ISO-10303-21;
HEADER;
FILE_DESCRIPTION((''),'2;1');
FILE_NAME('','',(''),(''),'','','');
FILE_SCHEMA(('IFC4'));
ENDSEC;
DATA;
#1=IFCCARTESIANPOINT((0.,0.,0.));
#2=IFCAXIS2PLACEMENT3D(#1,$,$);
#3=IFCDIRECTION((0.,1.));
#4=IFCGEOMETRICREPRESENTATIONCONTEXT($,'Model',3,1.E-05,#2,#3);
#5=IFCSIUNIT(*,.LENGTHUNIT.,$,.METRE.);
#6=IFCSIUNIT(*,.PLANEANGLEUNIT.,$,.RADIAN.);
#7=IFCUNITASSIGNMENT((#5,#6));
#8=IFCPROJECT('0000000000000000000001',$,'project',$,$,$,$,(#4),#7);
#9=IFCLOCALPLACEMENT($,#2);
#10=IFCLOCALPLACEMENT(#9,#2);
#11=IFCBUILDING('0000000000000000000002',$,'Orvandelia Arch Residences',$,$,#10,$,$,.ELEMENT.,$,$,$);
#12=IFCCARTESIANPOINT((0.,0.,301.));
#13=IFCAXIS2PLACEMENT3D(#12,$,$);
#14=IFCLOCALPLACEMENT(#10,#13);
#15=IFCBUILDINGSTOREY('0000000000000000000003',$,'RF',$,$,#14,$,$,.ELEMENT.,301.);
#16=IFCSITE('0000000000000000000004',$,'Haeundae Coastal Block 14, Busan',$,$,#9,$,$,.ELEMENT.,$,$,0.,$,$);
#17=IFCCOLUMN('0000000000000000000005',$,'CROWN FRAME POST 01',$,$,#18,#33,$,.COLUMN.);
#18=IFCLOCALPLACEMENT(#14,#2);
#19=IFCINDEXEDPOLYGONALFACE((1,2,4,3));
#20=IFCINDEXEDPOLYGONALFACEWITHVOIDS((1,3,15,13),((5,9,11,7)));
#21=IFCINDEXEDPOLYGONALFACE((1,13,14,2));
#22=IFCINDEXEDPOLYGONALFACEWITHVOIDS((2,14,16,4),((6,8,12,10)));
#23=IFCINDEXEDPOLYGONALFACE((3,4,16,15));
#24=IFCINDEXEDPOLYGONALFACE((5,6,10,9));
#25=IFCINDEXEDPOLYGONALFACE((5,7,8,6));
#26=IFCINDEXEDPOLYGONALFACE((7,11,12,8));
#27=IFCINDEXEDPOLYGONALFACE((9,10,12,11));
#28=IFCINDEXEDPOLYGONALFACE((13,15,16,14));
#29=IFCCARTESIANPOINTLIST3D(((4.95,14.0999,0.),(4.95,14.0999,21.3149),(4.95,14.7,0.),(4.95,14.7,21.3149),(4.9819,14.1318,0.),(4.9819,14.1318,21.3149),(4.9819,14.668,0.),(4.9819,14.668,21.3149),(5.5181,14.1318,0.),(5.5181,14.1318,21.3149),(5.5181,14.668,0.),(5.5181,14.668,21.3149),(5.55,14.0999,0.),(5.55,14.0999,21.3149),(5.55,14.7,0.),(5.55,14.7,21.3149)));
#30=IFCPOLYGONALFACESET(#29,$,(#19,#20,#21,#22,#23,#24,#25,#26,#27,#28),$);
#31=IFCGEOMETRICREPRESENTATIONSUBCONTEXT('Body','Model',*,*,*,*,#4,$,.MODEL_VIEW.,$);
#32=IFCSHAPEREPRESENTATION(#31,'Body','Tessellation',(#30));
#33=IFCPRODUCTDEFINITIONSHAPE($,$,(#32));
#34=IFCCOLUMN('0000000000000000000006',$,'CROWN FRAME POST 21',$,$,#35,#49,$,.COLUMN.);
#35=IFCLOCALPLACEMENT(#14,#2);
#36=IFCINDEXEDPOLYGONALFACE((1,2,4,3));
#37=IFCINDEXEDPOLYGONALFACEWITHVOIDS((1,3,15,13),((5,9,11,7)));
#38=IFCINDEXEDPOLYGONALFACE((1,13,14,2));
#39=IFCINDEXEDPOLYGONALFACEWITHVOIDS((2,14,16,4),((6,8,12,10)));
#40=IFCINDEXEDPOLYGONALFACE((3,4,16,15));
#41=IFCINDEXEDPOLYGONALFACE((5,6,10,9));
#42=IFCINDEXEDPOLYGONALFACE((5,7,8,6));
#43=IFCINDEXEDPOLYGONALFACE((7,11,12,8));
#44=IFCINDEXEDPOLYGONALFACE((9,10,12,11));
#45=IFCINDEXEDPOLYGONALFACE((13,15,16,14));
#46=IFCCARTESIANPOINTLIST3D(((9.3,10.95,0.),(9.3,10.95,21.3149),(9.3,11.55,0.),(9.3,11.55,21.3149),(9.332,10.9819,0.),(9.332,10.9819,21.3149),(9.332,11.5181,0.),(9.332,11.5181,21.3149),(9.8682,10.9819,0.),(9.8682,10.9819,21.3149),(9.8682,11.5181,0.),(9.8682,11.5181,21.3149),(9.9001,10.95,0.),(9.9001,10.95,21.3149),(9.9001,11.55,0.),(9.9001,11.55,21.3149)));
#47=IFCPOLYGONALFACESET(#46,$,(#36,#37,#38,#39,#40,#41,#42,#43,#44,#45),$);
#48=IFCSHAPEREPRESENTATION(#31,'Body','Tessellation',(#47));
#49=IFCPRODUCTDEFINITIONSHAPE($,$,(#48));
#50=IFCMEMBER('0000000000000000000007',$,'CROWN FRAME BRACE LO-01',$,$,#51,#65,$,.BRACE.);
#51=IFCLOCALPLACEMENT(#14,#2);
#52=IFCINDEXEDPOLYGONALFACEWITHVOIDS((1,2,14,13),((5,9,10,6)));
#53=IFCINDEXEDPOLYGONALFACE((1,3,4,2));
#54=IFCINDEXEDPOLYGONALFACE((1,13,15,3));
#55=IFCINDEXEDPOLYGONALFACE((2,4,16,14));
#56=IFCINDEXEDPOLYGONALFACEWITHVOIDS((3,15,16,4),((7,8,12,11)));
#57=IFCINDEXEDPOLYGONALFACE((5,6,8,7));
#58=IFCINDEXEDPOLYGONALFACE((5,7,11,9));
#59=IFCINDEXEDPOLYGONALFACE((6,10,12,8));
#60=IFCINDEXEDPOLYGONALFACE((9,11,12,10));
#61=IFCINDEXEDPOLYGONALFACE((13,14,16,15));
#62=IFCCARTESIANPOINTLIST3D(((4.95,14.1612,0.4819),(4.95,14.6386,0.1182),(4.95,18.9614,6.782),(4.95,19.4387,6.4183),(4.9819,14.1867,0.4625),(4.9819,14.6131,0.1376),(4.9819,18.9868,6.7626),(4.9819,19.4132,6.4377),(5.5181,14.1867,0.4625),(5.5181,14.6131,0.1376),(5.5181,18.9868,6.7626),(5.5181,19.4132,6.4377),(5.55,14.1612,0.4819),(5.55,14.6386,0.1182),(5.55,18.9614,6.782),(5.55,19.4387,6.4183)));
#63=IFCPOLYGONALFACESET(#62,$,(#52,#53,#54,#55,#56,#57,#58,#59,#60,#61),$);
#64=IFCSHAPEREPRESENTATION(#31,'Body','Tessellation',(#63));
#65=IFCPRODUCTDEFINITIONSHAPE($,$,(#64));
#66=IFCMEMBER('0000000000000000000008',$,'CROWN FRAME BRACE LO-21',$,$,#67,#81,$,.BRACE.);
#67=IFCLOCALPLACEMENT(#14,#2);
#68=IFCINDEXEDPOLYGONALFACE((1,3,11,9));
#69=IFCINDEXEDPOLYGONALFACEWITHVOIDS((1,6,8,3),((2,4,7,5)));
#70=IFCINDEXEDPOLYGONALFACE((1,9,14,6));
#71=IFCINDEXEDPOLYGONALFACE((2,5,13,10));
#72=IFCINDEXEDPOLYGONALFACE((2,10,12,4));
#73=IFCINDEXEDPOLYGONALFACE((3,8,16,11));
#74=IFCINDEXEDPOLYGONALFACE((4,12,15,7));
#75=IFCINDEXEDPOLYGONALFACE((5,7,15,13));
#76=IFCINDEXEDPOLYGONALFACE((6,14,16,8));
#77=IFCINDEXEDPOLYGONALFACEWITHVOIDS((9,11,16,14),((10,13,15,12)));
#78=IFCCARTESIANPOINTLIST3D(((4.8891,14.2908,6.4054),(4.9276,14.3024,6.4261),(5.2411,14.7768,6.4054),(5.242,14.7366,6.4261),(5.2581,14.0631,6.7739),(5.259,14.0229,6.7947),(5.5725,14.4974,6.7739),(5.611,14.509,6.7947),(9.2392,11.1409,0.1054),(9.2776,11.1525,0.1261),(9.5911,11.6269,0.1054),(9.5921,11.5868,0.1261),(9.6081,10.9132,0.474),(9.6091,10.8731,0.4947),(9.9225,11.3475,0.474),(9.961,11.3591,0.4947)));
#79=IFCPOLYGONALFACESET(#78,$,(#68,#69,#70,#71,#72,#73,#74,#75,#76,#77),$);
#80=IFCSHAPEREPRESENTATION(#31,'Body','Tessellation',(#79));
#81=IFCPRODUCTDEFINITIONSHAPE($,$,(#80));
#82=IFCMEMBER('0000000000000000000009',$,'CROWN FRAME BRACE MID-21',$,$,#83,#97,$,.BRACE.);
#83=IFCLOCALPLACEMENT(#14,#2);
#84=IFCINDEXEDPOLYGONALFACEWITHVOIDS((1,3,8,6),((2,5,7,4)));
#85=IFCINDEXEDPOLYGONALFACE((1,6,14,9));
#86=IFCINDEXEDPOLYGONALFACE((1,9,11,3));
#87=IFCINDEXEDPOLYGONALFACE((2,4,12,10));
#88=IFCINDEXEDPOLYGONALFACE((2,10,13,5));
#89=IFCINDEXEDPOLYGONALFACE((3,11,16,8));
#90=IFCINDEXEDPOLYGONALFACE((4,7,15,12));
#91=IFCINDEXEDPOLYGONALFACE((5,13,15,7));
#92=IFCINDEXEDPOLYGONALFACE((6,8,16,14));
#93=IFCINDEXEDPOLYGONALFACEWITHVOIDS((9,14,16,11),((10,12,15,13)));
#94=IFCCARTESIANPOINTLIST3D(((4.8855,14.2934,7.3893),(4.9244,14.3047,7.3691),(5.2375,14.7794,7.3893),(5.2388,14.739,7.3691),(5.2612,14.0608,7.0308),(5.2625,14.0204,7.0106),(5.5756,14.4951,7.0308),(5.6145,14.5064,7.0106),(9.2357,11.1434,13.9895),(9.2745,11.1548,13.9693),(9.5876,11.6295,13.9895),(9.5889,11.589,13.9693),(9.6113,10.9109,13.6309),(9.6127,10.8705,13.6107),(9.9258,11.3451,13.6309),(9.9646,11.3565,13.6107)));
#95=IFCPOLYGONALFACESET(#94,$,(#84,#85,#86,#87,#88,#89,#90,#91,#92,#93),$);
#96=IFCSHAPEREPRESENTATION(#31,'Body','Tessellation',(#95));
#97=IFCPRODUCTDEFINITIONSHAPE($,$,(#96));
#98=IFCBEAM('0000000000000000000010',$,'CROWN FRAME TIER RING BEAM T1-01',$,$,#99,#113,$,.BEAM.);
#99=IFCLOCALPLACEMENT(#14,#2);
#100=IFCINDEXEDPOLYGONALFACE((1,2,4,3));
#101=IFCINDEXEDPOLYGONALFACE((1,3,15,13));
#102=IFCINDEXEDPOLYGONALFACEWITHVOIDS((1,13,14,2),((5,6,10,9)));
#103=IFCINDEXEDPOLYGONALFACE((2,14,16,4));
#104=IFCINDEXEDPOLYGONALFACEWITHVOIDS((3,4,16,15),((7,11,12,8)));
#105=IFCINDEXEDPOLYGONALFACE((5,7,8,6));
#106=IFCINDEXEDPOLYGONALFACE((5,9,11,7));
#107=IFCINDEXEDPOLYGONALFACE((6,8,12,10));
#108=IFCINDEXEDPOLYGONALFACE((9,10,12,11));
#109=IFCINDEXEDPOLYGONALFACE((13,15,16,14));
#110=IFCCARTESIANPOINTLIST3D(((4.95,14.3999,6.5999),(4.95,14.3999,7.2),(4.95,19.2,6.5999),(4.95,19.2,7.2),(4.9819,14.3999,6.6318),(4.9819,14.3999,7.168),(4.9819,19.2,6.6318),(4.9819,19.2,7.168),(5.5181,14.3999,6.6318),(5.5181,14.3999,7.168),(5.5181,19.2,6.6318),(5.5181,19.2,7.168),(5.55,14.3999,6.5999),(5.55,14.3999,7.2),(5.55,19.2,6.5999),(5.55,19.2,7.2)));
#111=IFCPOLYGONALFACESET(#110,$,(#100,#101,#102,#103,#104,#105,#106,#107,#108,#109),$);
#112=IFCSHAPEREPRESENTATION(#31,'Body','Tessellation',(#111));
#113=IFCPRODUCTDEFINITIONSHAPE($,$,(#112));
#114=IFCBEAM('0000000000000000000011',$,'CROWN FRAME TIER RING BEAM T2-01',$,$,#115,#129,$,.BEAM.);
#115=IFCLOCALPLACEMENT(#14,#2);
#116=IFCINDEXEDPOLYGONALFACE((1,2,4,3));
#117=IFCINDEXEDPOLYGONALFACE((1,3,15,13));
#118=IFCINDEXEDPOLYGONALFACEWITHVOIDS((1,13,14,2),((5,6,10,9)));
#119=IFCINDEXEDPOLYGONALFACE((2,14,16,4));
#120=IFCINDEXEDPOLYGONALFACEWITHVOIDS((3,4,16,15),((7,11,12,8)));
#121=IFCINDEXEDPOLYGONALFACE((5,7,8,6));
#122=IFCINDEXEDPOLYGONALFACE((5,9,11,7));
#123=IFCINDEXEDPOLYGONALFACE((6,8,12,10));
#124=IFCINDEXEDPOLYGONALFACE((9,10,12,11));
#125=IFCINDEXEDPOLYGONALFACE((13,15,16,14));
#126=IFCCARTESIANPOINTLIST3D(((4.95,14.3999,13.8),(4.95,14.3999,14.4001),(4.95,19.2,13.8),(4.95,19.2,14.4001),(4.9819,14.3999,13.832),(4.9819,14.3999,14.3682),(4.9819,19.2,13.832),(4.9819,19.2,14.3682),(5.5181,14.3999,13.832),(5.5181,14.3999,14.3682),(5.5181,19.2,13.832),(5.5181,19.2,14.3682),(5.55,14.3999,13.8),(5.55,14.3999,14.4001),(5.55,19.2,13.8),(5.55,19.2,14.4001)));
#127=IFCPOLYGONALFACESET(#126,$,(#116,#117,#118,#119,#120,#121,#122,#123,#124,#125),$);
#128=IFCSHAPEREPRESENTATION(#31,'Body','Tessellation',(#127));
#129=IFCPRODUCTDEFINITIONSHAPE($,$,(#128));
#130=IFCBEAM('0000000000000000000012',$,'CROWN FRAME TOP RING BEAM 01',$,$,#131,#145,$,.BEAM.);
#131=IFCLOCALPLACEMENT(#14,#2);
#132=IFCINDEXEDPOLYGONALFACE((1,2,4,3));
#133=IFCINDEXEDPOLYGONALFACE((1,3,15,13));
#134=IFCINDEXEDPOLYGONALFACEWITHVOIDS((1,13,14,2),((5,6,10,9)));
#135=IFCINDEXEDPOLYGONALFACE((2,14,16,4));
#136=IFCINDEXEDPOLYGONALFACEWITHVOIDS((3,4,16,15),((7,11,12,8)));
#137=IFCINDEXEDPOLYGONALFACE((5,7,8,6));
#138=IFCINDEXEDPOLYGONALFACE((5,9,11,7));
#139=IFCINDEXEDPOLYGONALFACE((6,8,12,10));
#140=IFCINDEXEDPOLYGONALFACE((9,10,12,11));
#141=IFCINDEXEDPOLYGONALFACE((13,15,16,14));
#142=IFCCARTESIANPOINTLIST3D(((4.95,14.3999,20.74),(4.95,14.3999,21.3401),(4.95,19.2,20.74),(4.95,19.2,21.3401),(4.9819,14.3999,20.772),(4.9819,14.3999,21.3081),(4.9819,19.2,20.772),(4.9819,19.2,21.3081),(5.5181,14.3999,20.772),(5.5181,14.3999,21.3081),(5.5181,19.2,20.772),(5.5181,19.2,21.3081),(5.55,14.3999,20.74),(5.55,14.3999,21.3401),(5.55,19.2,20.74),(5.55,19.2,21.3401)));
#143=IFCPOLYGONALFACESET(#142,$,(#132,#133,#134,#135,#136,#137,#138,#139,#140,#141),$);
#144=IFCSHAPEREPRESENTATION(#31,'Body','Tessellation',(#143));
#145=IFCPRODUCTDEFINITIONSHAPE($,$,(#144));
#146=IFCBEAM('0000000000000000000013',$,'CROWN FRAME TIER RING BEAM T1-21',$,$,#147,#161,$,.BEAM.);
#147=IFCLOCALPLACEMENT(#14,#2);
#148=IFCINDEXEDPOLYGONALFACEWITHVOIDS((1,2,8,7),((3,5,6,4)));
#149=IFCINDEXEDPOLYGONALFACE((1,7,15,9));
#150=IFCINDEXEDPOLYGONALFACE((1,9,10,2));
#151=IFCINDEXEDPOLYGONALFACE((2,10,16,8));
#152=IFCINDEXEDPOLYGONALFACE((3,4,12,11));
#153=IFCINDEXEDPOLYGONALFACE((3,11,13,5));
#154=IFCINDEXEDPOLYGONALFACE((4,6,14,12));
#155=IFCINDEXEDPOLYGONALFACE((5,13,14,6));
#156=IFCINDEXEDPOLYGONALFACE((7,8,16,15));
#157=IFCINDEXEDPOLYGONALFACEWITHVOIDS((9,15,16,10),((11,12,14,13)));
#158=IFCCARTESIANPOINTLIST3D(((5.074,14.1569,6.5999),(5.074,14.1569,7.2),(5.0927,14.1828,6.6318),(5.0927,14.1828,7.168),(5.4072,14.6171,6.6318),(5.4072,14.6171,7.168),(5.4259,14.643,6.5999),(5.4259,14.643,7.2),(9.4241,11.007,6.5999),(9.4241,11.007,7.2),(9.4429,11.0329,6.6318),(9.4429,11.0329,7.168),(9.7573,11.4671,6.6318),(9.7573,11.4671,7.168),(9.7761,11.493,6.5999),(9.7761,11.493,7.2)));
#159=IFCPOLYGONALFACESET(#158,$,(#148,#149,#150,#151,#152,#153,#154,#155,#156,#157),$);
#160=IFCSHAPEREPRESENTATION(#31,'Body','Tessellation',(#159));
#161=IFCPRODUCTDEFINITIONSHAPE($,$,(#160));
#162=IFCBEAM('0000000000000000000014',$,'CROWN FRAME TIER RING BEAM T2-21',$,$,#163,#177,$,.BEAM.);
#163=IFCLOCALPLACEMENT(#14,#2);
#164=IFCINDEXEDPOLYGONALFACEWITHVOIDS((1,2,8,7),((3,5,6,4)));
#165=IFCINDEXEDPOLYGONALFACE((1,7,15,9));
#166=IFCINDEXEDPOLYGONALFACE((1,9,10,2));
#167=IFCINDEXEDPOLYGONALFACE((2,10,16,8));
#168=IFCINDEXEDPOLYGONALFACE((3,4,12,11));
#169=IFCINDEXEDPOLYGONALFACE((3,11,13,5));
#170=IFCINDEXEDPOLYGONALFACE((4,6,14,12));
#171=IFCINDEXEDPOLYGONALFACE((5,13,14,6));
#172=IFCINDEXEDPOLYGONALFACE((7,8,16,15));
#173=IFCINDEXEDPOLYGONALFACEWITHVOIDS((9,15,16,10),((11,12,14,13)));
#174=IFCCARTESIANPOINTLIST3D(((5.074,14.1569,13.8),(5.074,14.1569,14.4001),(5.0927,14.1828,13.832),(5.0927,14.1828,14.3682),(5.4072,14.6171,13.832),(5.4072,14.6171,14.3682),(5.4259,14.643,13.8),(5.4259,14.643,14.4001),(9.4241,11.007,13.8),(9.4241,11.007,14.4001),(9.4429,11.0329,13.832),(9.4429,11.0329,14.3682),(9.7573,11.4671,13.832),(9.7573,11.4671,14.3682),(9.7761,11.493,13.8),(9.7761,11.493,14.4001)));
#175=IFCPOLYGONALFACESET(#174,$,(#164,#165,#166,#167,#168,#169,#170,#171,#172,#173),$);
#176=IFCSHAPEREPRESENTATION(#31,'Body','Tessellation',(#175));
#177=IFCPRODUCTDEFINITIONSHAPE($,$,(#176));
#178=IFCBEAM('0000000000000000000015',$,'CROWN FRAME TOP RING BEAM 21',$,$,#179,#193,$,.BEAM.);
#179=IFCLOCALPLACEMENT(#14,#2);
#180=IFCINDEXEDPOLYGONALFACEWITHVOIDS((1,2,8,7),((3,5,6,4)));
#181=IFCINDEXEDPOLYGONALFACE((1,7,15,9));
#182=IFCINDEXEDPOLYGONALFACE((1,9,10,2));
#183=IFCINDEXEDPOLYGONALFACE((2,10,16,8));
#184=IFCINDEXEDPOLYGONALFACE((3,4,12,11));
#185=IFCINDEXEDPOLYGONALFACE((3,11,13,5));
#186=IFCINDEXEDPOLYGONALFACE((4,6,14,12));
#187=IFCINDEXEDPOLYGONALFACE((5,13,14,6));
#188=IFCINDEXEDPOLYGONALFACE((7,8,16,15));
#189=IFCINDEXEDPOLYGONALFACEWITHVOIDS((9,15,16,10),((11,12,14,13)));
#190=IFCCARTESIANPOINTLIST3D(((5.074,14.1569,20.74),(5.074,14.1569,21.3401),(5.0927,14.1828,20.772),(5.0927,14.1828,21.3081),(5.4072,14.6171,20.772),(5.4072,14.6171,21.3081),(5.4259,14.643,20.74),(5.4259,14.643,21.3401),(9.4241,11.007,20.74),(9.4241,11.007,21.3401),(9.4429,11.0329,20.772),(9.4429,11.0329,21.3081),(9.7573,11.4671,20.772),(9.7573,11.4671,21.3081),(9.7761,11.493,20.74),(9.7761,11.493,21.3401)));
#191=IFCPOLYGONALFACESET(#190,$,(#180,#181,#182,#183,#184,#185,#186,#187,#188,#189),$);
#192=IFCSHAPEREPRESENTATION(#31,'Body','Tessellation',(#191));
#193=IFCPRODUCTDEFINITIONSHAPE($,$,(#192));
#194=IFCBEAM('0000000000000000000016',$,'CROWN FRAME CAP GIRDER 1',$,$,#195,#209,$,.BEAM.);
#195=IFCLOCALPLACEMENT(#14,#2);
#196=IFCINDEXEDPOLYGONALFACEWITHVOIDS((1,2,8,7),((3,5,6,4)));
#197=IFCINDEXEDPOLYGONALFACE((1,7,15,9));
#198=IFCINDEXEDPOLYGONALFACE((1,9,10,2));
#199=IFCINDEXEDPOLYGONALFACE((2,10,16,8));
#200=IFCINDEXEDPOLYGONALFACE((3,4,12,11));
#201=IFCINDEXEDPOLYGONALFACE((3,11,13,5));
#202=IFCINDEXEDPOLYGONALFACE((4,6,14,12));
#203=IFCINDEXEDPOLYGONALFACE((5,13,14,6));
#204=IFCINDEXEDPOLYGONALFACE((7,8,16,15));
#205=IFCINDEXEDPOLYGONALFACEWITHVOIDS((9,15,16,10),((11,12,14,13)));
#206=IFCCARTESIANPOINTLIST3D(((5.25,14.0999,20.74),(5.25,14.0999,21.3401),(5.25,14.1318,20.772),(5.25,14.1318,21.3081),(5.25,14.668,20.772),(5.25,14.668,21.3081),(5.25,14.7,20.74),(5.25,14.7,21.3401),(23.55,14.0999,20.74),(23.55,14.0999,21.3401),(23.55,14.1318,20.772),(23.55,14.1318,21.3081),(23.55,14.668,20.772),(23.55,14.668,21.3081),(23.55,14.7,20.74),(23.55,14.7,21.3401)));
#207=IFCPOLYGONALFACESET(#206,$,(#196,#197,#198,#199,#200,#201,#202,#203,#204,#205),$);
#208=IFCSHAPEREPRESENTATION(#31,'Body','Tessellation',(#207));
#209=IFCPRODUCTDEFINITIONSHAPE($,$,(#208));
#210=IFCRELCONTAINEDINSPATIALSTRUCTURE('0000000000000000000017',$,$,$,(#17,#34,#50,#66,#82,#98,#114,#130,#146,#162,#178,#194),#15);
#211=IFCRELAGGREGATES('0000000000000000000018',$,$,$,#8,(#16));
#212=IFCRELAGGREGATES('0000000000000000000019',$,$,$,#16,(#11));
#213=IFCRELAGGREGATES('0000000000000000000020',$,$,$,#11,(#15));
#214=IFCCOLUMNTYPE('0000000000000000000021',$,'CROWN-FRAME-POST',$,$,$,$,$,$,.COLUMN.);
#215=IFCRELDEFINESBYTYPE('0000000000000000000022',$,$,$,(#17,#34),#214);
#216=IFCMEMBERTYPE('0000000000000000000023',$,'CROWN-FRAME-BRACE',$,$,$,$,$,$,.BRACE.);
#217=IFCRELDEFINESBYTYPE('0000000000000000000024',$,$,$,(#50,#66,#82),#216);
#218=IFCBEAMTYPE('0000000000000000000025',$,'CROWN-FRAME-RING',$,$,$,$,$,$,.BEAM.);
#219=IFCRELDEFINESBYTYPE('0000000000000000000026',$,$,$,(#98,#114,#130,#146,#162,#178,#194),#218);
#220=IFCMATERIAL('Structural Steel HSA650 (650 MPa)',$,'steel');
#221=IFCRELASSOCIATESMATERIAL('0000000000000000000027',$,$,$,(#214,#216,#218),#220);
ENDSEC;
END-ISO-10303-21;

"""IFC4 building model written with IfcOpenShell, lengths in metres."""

from ifc_helpers import new_model, si_unit, direction, frame, origin, origin_2d, place, context, subcontext, project, spatial, hollow_rectangle, extrude, material, material_profile, profile_set, type_object, element, save


model = new_model("IFC4")

# Units and contexts
model_context = context("Model", 3, precision=1e-05, world=origin(), true_north=direction((0.0, 1.0)))
body_context = subcontext(model_context, "Body", "Model", "MODEL_VIEW")
ifc_project = project(units=[si_unit("LENGTHUNIT", "METRE"), si_unit("PLANEANGLEUNIT", "RADIAN")], contexts=[model_context])

# Site, building, storey
site_placement = place(None, origin())
site = spatial("IfcSite", under=ifc_project, at=site_placement, Name="Haeundae Coastal Block 14, Busan", CompositionType="ELEMENT", RefElevation=0.0)
building_placement = place(site_placement, origin())
building = spatial("IfcBuilding", under=site, at=building_placement, Name="Orvandelia Arch Residences", CompositionType="ELEMENT")
storey_placement = place(building_placement, frame((0.0, 0.0, 301.0)))
storey = spatial("IfcBuildingStorey", under=building, at=storey_placement, Name="RF", CompositionType="ELEMENT", Elevation=301.0)

# Columns
ifc_material_1 = material(Name="Structural Steel HSA650 (650 MPa)", Category="steel")
ifc_material_profile_1 = material_profile(ifc_material_1, hollow_rectangle(XDim=0.6001, YDim=0.6001, WallThickness=0.032, at=origin_2d()), Name="Structural Steel HSA650 (650 MPa)", Category="steel")
ifc_profile_set_1 = profile_set([ifc_material_profile_1], Name="Structural Steel HSA650 (650 MPa)")
column_type = type_object("IfcColumnType", Name="CROWN-FRAME-POST", PredefinedType="COLUMN", material=ifc_profile_set_1)
for number, where, z_axis, x_axis, name in (
    (1, (5.25, 14.3999, 0.0), (0.0, 0.0, 1.0), (1.0, 0.0, 0.0), "CROWN FRAME POST 01"),
    (2, (9.6001, 11.25, 0.0), (0.0, 0.0, 1.0), (1.0, 0.0, 0.0), "CROWN FRAME POST 21"),
):
    element("IfcColumn", number, at=place(storey_placement, frame(where, z_axis=z_axis, x_axis=x_axis)), inside=storey, type_object=column_type, Name=name, PredefinedType="COLUMN", context=body_context, shape_type="SweptSolid", body=[
        extrude(hollow_rectangle(XDim=0.6001, YDim=0.6001, WallThickness=0.032, at=origin_2d()), origin(), (0.0, 0.0, 1.0), 21.3149),
    ])

# Members
ifc_material_profile_2 = material_profile(ifc_material_1, hollow_rectangle(XDim=0.6001, YDim=0.6001, WallThickness=0.032, at=origin_2d()), Name="Structural Steel HSA650 (650 MPa)", Category="steel")
ifc_profile_set_2 = profile_set([ifc_material_profile_2], Name="Structural Steel HSA650 (650 MPa)")
member_type_1 = type_object("IfcMemberType", Name="CROWN-FRAME-BRACE", PredefinedType="BRACE", material=ifc_profile_set_2)
member_1_placement = place(storey_placement, frame((5.25, 14.3999, 0.3), z_axis=(0.0, 0.606044, 0.795431), x_axis=(-1.0, 0.0, 0.0)))
element("IfcMember", 3, at=member_1_placement, inside=storey, type_object=member_type_1, Name="CROWN FRAME BRACE LO-01", PredefinedType="BRACE", context=body_context, shape_type="SweptSolid", body=[
    extrude(hollow_rectangle(XDim=0.6001, YDim=0.6001, WallThickness=0.032, at=origin_2d()), origin(), (0.0, 0.0, 1.0), 7.9204),
])
member_2_placement = place(storey_placement, frame((9.6001, 11.25, 0.3), z_axis=(-0.525461, 0.380486, 0.761001), x_axis=(-0.586489, -0.809957, 0.0)))
element("IfcMember", 4, at=member_2_placement, inside=storey, type_object=member_type_1, Name="CROWN FRAME BRACE LO-21", PredefinedType="BRACE", context=body_context, shape_type="SweptSolid", body=[
    extrude(hollow_rectangle(XDim=0.6001, YDim=0.6001, WallThickness=0.032, at=origin_2d()), origin(), (0.0, 0.0, 1.0), 8.2786),
])
member_3_placement = place(storey_placement, frame((5.25, 14.3999, 7.2), z_axis=(0.511223, -0.370176, 0.775642), x_axis=(0.586489, 0.809957, 0.0)))
element("IfcMember", 5, at=member_3_placement, inside=storey, type_object=member_type_1, Name="CROWN FRAME BRACE MID-21", PredefinedType="BRACE", context=body_context, shape_type="SweptSolid", body=[
    extrude(hollow_rectangle(XDim=0.6001, YDim=0.6001, WallThickness=0.032, at=origin_2d()), origin(), (0.0, 0.0, 1.0), 8.5093),
])

# Beams
ifc_material_profile_3 = material_profile(ifc_material_1, hollow_rectangle(XDim=0.6001, YDim=0.6001, WallThickness=0.032, at=origin_2d()), Name="Structural Steel HSA650 (650 MPa)", Category="steel")
ifc_profile_set_3 = profile_set([ifc_material_profile_3], Name="Structural Steel HSA650 (650 MPa)")
beam_type = type_object("IfcBeamType", Name="CROWN-FRAME-RING", PredefinedType="BEAM", material=ifc_profile_set_3)
for number, where, z_axis, x_axis, name in (
    (6, (5.25, 14.3999, 6.8999), (0.0, 1.0, 0.0), (-1.0, 0.0, 0.0), "CROWN FRAME TIER RING BEAM T1-01"),
    (7, (5.25, 14.3999, 14.1001), (0.0, 1.0, 0.0), (-1.0, 0.0, 0.0), "CROWN FRAME TIER RING BEAM T2-01"),
    (8, (5.25, 14.3999, 21.04), (0.0, 1.0, 0.0), (-1.0, 0.0, 0.0), "CROWN FRAME TOP RING BEAM 01"),
):
    element("IfcBeam", number, at=place(storey_placement, frame(where, z_axis=z_axis, x_axis=x_axis)), inside=storey, type_object=beam_type, Name=name, PredefinedType="BEAM", context=body_context, shape_type="SweptSolid", body=[
        extrude(hollow_rectangle(XDim=0.6001, YDim=0.6001, WallThickness=0.032, at=origin_2d()), origin(), (0.0, 0.0, 1.0), 4.8),
    ])
for number, where, z_axis, x_axis, name in (
    (9, (9.6001, 11.25, 6.8999), (-0.809957, 0.586489, 0.0), (-0.586489, -0.809957, 0.0), "CROWN FRAME TIER RING BEAM T1-21"),
    (10, (9.6001, 11.25, 14.1001), (-0.809957, 0.586489, 0.0), (-0.586489, -0.809957, 0.0), "CROWN FRAME TIER RING BEAM T2-21"),
    (11, (9.6001, 11.25, 21.04), (-0.809957, 0.586489, 0.0), (-0.586489, -0.809957, 0.0), "CROWN FRAME TOP RING BEAM 21"),
):
    element("IfcBeam", number, at=place(storey_placement, frame(where, z_axis=z_axis, x_axis=x_axis)), inside=storey, type_object=beam_type, Name=name, PredefinedType="BEAM", context=body_context, shape_type="SweptSolid", body=[
        extrude(hollow_rectangle(XDim=0.6001, YDim=0.6001, WallThickness=0.032, at=origin_2d()), origin(), (0.0, 0.0, 1.0), 5.3708),
    ])
beam_placement = place(storey_placement, frame((5.25, 14.3999, 21.04), z_axis=(1.0, 0.0, 0.0), x_axis=(0.0, 1.0, 0.0)))
element("IfcBeam", 12, at=beam_placement, inside=storey, type_object=beam_type, Name="CROWN FRAME CAP GIRDER 1", PredefinedType="BEAM", context=body_context, shape_type="SweptSolid", body=[
    extrude(hollow_rectangle(XDim=0.6001, YDim=0.6001, WallThickness=0.032, at=origin_2d()), origin(), (0.0, 0.0, 1.0), 18.3),
])

save(model, "model.ifc")
